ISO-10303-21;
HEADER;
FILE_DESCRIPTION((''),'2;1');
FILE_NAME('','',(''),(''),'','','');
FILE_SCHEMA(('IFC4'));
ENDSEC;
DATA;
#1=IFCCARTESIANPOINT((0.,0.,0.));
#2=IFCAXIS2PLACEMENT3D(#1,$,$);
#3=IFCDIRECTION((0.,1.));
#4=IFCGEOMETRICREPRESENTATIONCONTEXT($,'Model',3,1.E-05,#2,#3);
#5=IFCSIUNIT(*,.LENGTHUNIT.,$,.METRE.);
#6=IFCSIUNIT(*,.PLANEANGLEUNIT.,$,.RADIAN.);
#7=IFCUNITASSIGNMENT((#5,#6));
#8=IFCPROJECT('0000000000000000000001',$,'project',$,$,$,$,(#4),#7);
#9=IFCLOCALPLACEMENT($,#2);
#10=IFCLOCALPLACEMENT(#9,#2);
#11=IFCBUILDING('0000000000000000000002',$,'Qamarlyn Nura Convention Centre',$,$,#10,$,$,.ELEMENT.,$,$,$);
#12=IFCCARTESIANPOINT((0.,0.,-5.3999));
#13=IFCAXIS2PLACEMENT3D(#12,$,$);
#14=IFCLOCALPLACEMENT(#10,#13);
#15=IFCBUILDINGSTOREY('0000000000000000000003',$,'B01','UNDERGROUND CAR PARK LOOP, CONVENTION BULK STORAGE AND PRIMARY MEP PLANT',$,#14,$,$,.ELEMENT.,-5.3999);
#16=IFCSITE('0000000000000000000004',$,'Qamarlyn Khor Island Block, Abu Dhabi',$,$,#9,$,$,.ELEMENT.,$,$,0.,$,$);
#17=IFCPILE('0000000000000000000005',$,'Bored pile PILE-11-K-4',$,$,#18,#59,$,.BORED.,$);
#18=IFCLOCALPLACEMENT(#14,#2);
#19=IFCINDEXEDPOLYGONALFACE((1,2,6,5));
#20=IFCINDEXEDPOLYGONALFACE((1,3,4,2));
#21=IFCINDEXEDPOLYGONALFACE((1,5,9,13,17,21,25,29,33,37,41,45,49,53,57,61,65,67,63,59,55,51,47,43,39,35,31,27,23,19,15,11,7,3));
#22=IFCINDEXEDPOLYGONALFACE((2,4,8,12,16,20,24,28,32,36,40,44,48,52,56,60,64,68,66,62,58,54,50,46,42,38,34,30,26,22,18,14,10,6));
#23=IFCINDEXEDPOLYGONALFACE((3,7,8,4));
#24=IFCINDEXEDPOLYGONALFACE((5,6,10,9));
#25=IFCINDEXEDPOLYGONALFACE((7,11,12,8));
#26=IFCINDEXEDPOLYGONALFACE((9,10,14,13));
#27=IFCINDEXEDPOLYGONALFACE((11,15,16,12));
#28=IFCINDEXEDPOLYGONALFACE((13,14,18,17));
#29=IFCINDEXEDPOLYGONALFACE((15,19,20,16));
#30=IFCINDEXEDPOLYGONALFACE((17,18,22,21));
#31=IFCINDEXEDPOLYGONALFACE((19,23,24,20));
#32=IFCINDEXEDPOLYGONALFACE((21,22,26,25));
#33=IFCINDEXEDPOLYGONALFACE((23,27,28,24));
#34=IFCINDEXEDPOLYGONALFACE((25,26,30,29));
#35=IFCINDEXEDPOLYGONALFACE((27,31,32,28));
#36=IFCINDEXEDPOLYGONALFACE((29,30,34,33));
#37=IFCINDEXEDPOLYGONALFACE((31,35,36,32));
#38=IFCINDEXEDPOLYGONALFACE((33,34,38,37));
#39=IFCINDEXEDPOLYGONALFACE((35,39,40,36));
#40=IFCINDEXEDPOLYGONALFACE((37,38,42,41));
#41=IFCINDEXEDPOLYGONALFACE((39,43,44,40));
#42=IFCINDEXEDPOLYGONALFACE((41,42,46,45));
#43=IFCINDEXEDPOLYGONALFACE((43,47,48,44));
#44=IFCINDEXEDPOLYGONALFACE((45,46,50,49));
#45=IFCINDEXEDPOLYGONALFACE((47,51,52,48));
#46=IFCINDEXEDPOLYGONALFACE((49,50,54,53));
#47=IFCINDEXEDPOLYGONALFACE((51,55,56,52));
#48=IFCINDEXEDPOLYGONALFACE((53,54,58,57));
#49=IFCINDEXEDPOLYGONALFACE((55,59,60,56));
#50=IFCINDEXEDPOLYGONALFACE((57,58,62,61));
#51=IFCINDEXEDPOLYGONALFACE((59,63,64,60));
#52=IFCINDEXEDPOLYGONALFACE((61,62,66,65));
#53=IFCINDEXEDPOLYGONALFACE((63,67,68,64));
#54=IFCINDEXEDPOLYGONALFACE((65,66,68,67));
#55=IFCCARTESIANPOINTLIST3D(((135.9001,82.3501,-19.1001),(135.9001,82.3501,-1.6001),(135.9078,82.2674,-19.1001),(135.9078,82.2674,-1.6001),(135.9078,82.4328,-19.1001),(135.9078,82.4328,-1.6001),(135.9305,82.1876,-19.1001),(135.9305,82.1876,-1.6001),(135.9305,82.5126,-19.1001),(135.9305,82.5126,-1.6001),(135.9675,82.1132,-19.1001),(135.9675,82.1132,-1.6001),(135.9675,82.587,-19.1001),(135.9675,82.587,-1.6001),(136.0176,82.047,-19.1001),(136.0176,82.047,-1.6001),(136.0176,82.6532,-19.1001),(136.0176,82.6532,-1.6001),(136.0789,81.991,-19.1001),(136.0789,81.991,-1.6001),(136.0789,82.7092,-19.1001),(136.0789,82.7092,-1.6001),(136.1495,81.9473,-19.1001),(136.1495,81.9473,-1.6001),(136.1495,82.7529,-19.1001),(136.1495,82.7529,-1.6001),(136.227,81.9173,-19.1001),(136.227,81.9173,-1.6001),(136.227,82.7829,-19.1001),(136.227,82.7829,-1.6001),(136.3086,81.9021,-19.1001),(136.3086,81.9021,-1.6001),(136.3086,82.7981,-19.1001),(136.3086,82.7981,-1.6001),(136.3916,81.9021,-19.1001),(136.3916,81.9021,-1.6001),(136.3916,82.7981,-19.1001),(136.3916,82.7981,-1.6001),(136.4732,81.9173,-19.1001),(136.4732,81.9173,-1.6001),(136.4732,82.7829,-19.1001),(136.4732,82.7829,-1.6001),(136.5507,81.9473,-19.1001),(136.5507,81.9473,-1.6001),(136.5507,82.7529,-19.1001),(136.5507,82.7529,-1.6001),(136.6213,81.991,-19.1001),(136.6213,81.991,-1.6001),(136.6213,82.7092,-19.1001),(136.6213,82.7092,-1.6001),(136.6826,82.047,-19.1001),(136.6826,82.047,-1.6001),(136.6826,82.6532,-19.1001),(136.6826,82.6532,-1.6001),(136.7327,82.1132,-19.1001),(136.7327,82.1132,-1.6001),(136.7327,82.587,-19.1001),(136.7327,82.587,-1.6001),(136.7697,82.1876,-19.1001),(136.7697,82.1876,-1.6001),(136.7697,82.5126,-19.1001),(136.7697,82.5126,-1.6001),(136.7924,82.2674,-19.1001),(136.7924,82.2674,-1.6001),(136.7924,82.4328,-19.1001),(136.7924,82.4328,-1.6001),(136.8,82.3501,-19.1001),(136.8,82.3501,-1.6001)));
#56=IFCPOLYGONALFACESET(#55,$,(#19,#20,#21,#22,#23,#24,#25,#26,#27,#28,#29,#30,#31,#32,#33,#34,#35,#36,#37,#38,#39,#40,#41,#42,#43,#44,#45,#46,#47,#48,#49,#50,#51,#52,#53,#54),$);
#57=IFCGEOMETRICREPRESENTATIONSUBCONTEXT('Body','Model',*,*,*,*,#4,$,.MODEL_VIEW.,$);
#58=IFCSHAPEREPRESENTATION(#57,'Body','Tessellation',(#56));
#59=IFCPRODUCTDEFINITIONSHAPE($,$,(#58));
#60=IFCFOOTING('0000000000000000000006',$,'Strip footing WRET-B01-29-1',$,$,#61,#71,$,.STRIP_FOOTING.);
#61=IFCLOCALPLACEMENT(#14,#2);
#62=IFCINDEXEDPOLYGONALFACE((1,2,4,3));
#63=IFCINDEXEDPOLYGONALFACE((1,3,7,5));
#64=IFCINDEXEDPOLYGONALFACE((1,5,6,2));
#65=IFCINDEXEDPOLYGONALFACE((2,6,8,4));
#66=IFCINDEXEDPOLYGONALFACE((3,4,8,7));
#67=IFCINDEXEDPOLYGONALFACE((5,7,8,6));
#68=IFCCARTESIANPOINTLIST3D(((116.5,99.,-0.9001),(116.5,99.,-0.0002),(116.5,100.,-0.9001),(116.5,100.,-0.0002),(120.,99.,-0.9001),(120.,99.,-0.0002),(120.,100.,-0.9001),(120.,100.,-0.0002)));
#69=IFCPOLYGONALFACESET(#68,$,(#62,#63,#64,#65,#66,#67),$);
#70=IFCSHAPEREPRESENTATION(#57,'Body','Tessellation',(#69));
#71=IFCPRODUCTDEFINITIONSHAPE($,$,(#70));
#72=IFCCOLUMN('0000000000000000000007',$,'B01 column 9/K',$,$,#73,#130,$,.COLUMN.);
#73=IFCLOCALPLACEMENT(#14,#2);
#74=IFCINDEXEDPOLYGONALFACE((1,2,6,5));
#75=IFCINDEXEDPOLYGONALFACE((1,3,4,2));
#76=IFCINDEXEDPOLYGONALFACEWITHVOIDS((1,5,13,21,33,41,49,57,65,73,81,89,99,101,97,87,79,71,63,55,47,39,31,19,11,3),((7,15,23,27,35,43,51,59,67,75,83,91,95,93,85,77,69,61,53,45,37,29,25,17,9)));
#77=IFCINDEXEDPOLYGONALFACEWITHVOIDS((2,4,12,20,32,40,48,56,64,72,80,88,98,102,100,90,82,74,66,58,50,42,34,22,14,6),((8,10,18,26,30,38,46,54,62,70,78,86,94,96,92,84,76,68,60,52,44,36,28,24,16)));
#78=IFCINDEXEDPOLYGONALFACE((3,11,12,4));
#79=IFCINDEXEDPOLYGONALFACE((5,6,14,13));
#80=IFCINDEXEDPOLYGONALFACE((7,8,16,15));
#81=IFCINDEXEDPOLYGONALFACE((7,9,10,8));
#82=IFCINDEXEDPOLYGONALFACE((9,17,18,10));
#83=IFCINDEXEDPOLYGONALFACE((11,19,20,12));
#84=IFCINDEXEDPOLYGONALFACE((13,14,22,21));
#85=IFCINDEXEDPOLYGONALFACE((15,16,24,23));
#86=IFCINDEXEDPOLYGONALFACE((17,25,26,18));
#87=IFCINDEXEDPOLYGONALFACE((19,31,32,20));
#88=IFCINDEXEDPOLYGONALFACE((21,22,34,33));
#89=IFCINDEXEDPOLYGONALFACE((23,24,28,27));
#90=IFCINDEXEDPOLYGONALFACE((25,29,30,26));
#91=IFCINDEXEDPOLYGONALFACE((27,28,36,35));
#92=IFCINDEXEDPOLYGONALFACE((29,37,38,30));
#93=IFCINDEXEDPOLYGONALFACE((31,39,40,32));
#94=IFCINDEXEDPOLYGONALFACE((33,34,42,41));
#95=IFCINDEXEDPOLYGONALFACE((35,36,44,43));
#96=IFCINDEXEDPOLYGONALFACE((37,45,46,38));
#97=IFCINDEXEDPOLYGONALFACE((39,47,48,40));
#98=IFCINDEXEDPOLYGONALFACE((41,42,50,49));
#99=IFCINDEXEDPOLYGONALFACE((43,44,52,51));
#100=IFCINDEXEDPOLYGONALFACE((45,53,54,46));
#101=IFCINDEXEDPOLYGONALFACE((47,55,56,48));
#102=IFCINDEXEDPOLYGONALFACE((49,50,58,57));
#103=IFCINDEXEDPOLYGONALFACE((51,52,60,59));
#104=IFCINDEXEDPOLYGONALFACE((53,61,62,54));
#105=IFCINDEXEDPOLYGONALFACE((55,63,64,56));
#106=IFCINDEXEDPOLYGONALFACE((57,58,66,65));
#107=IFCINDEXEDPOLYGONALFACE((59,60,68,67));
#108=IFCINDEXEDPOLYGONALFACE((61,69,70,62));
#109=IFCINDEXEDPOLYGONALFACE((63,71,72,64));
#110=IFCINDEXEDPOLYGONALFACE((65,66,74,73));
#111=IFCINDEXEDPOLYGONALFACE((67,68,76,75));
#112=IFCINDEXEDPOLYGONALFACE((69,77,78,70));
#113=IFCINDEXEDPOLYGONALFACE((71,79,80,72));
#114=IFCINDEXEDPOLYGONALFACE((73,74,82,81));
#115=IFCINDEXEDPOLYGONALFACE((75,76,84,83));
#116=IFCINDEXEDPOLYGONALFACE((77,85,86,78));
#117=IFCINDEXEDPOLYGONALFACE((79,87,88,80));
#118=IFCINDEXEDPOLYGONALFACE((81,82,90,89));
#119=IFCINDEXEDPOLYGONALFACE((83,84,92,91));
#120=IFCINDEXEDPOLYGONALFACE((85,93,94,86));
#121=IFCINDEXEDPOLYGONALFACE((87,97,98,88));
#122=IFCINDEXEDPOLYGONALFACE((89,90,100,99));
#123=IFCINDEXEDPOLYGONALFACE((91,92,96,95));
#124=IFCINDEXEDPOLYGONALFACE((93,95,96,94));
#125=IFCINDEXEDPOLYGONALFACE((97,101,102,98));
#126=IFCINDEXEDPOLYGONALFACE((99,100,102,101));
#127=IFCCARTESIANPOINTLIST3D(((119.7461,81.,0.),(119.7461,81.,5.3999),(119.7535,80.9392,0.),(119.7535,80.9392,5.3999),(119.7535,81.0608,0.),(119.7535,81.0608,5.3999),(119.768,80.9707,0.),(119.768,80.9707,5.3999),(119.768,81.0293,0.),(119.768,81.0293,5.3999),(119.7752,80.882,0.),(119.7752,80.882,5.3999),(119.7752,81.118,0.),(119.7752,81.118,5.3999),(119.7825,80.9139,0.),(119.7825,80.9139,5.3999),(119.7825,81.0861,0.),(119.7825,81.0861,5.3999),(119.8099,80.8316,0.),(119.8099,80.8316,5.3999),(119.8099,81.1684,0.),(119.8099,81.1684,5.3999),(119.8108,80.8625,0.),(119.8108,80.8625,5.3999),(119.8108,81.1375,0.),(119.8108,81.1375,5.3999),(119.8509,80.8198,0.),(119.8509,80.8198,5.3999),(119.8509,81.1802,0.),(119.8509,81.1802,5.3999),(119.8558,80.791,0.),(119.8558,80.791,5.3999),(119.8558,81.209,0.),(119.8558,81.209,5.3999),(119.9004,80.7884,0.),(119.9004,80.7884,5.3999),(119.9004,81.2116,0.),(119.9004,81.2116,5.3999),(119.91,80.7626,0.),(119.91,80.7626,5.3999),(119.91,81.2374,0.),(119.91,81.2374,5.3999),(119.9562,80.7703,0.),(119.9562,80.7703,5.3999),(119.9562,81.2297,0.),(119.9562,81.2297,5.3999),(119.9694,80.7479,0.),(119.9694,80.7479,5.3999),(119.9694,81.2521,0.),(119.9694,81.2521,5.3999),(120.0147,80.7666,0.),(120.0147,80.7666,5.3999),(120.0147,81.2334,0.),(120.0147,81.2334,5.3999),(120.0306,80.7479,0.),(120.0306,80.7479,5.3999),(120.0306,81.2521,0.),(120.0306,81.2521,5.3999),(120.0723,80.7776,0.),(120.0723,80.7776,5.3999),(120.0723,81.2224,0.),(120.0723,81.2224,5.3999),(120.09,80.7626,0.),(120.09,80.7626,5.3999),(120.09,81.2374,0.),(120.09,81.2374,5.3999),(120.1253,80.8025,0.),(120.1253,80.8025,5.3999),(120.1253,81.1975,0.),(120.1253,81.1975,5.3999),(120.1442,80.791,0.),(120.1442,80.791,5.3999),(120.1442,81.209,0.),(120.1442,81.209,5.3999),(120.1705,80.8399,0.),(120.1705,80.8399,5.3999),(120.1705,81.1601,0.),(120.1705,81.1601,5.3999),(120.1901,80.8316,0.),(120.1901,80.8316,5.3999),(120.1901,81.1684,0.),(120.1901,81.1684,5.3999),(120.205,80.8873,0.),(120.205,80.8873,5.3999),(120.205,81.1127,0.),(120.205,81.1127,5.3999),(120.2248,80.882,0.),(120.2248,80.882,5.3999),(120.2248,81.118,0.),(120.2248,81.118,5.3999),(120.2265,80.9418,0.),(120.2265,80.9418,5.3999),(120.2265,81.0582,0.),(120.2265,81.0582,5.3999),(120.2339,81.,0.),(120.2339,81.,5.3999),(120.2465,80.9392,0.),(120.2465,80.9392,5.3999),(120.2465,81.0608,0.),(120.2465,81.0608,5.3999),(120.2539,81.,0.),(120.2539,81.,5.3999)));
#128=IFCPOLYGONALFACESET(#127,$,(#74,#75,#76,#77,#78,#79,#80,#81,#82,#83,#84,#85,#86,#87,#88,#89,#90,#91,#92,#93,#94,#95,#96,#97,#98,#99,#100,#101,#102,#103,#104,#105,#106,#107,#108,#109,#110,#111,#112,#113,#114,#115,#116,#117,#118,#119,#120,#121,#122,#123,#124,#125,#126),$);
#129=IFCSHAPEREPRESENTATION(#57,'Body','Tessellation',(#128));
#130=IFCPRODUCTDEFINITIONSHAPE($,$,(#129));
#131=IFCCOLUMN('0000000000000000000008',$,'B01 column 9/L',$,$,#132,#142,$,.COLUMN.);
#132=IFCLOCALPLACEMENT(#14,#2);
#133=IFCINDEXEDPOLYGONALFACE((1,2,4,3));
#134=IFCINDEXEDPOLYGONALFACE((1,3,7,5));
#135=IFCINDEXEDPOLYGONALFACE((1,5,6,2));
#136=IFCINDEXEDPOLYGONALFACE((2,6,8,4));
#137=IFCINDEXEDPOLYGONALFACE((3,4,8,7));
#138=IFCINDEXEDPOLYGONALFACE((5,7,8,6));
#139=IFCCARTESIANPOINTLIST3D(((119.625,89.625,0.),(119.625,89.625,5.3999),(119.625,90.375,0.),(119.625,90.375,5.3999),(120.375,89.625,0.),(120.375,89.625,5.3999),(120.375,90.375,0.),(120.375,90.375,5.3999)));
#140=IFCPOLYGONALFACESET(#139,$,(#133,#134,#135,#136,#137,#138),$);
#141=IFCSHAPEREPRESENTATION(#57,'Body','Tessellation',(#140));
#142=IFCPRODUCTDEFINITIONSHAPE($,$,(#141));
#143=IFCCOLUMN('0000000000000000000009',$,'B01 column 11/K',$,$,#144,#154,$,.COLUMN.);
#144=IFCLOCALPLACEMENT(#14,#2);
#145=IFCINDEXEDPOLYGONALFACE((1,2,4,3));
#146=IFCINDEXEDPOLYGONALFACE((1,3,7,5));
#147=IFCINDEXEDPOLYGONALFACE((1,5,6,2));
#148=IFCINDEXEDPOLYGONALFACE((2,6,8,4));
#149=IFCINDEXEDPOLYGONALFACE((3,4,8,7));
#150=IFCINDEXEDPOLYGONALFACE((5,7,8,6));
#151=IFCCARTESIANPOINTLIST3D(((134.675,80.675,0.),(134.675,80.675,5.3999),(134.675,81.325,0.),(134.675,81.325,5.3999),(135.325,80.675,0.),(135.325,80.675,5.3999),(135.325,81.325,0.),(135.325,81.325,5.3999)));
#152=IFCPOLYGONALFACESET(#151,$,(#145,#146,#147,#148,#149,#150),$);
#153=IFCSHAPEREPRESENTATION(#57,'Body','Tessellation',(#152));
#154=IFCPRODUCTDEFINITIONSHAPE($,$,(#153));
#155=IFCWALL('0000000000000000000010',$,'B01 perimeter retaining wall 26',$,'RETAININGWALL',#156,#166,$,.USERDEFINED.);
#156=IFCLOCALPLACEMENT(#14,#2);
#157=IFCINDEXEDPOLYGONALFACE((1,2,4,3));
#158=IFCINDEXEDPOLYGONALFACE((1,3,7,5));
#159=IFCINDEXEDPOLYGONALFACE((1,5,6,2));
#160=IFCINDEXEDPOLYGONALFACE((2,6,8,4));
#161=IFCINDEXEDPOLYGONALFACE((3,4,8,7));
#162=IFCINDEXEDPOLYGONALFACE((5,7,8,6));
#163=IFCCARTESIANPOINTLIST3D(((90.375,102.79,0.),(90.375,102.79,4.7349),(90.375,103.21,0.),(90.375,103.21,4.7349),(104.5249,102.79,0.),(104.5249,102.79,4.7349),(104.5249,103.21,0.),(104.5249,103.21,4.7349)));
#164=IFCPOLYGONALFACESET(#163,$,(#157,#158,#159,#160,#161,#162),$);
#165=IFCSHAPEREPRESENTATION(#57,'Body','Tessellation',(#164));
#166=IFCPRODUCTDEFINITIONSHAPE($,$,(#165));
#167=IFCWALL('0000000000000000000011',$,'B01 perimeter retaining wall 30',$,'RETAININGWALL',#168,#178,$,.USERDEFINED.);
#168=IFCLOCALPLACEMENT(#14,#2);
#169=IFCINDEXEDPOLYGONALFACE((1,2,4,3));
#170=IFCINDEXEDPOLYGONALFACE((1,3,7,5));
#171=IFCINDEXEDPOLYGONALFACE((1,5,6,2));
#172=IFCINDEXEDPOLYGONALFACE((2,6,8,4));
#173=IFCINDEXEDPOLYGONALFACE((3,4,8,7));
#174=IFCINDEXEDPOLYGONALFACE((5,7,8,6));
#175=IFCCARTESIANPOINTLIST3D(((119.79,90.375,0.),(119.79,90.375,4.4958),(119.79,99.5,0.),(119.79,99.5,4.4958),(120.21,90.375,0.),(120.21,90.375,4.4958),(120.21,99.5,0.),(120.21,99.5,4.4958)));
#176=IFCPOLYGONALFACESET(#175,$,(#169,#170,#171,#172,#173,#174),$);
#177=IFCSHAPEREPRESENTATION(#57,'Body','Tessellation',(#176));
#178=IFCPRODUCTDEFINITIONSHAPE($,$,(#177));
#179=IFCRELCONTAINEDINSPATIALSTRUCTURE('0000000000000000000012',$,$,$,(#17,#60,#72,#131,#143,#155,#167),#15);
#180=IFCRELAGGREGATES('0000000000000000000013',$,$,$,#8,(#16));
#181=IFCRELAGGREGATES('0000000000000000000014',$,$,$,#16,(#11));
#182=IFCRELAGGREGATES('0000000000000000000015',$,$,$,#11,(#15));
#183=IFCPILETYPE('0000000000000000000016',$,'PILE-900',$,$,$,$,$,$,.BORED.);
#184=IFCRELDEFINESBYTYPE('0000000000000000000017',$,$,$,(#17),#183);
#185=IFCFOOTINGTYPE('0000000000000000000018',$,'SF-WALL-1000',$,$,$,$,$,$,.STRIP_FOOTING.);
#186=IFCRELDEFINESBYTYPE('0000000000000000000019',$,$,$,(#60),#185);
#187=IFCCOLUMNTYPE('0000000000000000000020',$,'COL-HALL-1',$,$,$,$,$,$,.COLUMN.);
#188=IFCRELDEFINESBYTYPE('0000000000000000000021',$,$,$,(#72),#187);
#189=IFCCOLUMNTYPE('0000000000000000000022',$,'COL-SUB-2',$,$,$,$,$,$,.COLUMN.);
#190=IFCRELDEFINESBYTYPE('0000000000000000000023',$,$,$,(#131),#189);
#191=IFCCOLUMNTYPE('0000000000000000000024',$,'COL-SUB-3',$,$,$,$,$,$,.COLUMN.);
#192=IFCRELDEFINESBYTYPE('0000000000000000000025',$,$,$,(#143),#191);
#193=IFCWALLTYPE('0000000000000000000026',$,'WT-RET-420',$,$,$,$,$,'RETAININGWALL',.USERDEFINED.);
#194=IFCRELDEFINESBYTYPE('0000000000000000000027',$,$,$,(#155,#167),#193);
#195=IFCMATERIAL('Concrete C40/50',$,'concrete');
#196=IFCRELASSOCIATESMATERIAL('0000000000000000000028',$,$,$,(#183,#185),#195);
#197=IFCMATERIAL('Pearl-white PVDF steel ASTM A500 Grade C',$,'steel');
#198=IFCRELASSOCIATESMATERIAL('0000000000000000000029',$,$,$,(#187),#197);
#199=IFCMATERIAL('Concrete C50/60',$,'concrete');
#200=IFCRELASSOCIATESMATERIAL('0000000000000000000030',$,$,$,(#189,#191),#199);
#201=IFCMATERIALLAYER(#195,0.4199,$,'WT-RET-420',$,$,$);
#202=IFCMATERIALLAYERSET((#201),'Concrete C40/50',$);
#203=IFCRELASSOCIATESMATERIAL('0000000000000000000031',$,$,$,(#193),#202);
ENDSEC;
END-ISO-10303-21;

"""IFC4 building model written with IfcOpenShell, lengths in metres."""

from ifc_helpers import new_model, si_unit, direction, frame, frame_2d, origin, origin_2d, place, context, subcontext, project, spatial, rectangle, circle, hollow_circle, extrude, material, layer, layer_set, material_profile, profile_set, type_object, element, save


model = new_model("IFC4")

# Units and contexts
model_context = context("Model", 3, precision=1e-05, world=origin(), true_north=direction((0.0, 1.0)))
body_context = subcontext(model_context, "Body", "Model", "MODEL_VIEW")
ifc_project = project(units=[si_unit("LENGTHUNIT", "METRE"), si_unit("PLANEANGLEUNIT", "RADIAN")], contexts=[model_context])

# Site, building, storey
site_placement = place(None, origin())
site = spatial("IfcSite", under=ifc_project, at=site_placement, Name="Qamarlyn Khor Island Block, Abu Dhabi", CompositionType="ELEMENT", RefElevation=0.0)
building_placement = place(site_placement, origin())
building = spatial("IfcBuilding", under=site, at=building_placement, Name="Qamarlyn Nura Convention Centre", CompositionType="ELEMENT")
storey_placement = place(building_placement, frame((0.0, 0.0, -5.3999)))
storey = spatial("IfcBuildingStorey", under=building, at=storey_placement, Name="B01", Description="UNDERGROUND CAR PARK LOOP, CONVENTION BULK STORAGE AND PRIMARY MEP PLANT", CompositionType="ELEMENT", Elevation=-5.3999)

# Shared definitions
ifc_material_1 = material(Name="Concrete C40/50", Category="concrete")

# Pile
ifc_material_profile_1 = material_profile(ifc_material_1, circle(Radius=0.45, at=origin_2d()), Name="BORED PILE 900")
ifc_profile_set_1 = profile_set([ifc_material_profile_1], Name="Concrete C40/50")
pile_type = type_object("IfcPileType", Name="PILE-900", PredefinedType="BORED", material=ifc_profile_set_1)
for number, where, z_axis, x_axis, name in (
    (1, (136.3501, 82.3501, -1.6001), (0.0, 0.0, -1.0), (1.0, 0.0, 0.0), "Bored pile PILE-11-K-4"),
):
    element("IfcPile", number, at=place(storey_placement, frame(where, z_axis=z_axis, x_axis=x_axis)), inside=storey, type_object=pile_type, Name=name, PredefinedType="BORED", context=body_context, shape_type="SweptSolid", body=[
        extrude(circle(Radius=0.45, at=origin_2d()), origin(), (0.0, 0.0, 1.0), 17.5),
    ])

# Footing
ifc_material_profile_2 = material_profile(ifc_material_1, rectangle(XDim=1.0, YDim=0.8999, at=origin_2d()), Name="RC STRIP 1000x900")
ifc_profile_set_2 = profile_set([ifc_material_profile_2], Name="Concrete C40/50")
footing_type_1 = type_object("IfcFootingType", Name="SF-WALL-1000", PredefinedType="STRIP_FOOTING", material=ifc_profile_set_2)
footing_1_placement = place(storey_placement, frame((116.5, 99.5, -0.4502), z_axis=(1.0, 0.0, 0.0), x_axis=(0.0, 1.0, 0.0)))
element("IfcFooting", 2, at=footing_1_placement, inside=storey, type_object=footing_type_1, Name="Strip footing WRET-B01-29-1", PredefinedType="STRIP_FOOTING", context=body_context, shape_type="SweptSolid", body=[
    extrude(rectangle(XDim=1.0, YDim=0.8999, at=origin_2d()), origin(), (0.0, 0.0, 1.0), 3.5),
])

# Columns
ifc_material_2 = material(Name="Pearl-white PVDF steel ASTM A500 Grade C", Category="steel")
ifc_material_profile_3 = material_profile(ifc_material_2, hollow_circle(Radius=0.2539, WallThickness=0.02, at=origin_2d()), Name="CHS508X20")
ifc_profile_set_3 = profile_set([ifc_material_profile_3], Name="Pearl-white PVDF steel ASTM A500 Grade C")
column_type_1 = type_object("IfcColumnType", Name="COL-HALL-1", PredefinedType="COLUMN", material=ifc_profile_set_3)
column_1_placement = place(storey_placement, frame((120.0, 81.0, 0.0), z_axis=(0.0, 0.0, 1.0), x_axis=(1.0, 0.0, 0.0)))
element("IfcColumn", 3, at=column_1_placement, inside=storey, type_object=column_type_1, Name="B01 column 9/K", PredefinedType="COLUMN", context=body_context, shape_type="SweptSolid", body=[
    extrude(hollow_circle(Radius=0.2539, WallThickness=0.02, at=origin_2d()), origin(), (0.0, 0.0, 1.0), 5.3999),
])
ifc_material_3 = material(Name="Concrete C50/60", Category="concrete")
ifc_material_profile_4 = material_profile(ifc_material_3, rectangle(XDim=0.75, YDim=0.75, at=origin_2d()), Name="RC 750x750")
ifc_profile_set_4 = profile_set([ifc_material_profile_4], Name="Concrete C50/60")
column_type_2 = type_object("IfcColumnType", Name="COL-SUB-2", PredefinedType="COLUMN", material=ifc_profile_set_4)
column_2_placement = place(storey_placement, frame((120.0, 90.0, 0.0), z_axis=(0.0, 0.0, 1.0), x_axis=(1.0, 0.0, 0.0)))
element("IfcColumn", 4, at=column_2_placement, inside=storey, type_object=column_type_2, Name="B01 column 9/L", PredefinedType="COLUMN", context=body_context, shape_type="SweptSolid", body=[
    extrude(rectangle(XDim=0.75, YDim=0.75, at=origin_2d()), origin(), (0.0, 0.0, 1.0), 5.3999),
])
ifc_material_profile_5 = material_profile(ifc_material_3, rectangle(XDim=0.6499, YDim=0.6499, at=origin_2d()), Name="RC 650x650")
ifc_profile_set_5 = profile_set([ifc_material_profile_5], Name="Concrete C50/60")
column_type_3 = type_object("IfcColumnType", Name="COL-SUB-3", PredefinedType="COLUMN", material=ifc_profile_set_5)
column_3_placement = place(storey_placement, frame((135.0, 81.0, 0.0), z_axis=(0.0, 0.0, 1.0), x_axis=(1.0, 0.0, 0.0)))
element("IfcColumn", 5, at=column_3_placement, inside=storey, type_object=column_type_3, Name="B01 column 11/K", PredefinedType="COLUMN", context=body_context, shape_type="SweptSolid", body=[
    extrude(rectangle(XDim=0.6499, YDim=0.6499, at=origin_2d()), origin(), (0.0, 0.0, 1.0), 5.3999),
])

# Walls
ifc_layer_1 = layer(ifc_material_1, 0.4199, Name="WT-RET-420")
ifc_layer_set_1 = layer_set([ifc_layer_1], Name="Concrete C40/50")
wall_type_1 = type_object("IfcWallType", Name="WT-RET-420", ElementType="RETAININGWALL", PredefinedType="USERDEFINED", material=ifc_layer_set_1)
wall_1_placement = place(storey_placement, frame((90.375, 103.0, 0.0), z_axis=(0.0, 0.0, 1.0), x_axis=(1.0, 0.0, 0.0)))
element("IfcWall", 6, at=wall_1_placement, inside=storey, type_object=wall_type_1, Name="B01 perimeter retaining wall 26", ObjectType="RETAININGWALL", PredefinedType="USERDEFINED", context=body_context, shape_type="SweptSolid", body=[
    extrude(rectangle(XDim=14.1499, YDim=0.4199, at=frame_2d((7.075, 0.0))), origin(), (0.0, 0.0, 1.0), 4.7349),
])
wall_2_placement = place(storey_placement, frame((120.0, 99.5, 0.0), z_axis=(0.0, 0.0, 1.0), x_axis=(0.0, -1.0, 0.0)))
element("IfcWall", 7, at=wall_2_placement, inside=storey, type_object=wall_type_1, Name="B01 perimeter retaining wall 30", ObjectType="RETAININGWALL", PredefinedType="USERDEFINED", context=body_context, shape_type="SweptSolid", body=[
    extrude(rectangle(XDim=9.125, YDim=0.4199, at=frame_2d((4.5625, 0.0))), origin(), (0.0, 0.0, 1.0), 4.4958),
])

save(model, "model.ifc")
